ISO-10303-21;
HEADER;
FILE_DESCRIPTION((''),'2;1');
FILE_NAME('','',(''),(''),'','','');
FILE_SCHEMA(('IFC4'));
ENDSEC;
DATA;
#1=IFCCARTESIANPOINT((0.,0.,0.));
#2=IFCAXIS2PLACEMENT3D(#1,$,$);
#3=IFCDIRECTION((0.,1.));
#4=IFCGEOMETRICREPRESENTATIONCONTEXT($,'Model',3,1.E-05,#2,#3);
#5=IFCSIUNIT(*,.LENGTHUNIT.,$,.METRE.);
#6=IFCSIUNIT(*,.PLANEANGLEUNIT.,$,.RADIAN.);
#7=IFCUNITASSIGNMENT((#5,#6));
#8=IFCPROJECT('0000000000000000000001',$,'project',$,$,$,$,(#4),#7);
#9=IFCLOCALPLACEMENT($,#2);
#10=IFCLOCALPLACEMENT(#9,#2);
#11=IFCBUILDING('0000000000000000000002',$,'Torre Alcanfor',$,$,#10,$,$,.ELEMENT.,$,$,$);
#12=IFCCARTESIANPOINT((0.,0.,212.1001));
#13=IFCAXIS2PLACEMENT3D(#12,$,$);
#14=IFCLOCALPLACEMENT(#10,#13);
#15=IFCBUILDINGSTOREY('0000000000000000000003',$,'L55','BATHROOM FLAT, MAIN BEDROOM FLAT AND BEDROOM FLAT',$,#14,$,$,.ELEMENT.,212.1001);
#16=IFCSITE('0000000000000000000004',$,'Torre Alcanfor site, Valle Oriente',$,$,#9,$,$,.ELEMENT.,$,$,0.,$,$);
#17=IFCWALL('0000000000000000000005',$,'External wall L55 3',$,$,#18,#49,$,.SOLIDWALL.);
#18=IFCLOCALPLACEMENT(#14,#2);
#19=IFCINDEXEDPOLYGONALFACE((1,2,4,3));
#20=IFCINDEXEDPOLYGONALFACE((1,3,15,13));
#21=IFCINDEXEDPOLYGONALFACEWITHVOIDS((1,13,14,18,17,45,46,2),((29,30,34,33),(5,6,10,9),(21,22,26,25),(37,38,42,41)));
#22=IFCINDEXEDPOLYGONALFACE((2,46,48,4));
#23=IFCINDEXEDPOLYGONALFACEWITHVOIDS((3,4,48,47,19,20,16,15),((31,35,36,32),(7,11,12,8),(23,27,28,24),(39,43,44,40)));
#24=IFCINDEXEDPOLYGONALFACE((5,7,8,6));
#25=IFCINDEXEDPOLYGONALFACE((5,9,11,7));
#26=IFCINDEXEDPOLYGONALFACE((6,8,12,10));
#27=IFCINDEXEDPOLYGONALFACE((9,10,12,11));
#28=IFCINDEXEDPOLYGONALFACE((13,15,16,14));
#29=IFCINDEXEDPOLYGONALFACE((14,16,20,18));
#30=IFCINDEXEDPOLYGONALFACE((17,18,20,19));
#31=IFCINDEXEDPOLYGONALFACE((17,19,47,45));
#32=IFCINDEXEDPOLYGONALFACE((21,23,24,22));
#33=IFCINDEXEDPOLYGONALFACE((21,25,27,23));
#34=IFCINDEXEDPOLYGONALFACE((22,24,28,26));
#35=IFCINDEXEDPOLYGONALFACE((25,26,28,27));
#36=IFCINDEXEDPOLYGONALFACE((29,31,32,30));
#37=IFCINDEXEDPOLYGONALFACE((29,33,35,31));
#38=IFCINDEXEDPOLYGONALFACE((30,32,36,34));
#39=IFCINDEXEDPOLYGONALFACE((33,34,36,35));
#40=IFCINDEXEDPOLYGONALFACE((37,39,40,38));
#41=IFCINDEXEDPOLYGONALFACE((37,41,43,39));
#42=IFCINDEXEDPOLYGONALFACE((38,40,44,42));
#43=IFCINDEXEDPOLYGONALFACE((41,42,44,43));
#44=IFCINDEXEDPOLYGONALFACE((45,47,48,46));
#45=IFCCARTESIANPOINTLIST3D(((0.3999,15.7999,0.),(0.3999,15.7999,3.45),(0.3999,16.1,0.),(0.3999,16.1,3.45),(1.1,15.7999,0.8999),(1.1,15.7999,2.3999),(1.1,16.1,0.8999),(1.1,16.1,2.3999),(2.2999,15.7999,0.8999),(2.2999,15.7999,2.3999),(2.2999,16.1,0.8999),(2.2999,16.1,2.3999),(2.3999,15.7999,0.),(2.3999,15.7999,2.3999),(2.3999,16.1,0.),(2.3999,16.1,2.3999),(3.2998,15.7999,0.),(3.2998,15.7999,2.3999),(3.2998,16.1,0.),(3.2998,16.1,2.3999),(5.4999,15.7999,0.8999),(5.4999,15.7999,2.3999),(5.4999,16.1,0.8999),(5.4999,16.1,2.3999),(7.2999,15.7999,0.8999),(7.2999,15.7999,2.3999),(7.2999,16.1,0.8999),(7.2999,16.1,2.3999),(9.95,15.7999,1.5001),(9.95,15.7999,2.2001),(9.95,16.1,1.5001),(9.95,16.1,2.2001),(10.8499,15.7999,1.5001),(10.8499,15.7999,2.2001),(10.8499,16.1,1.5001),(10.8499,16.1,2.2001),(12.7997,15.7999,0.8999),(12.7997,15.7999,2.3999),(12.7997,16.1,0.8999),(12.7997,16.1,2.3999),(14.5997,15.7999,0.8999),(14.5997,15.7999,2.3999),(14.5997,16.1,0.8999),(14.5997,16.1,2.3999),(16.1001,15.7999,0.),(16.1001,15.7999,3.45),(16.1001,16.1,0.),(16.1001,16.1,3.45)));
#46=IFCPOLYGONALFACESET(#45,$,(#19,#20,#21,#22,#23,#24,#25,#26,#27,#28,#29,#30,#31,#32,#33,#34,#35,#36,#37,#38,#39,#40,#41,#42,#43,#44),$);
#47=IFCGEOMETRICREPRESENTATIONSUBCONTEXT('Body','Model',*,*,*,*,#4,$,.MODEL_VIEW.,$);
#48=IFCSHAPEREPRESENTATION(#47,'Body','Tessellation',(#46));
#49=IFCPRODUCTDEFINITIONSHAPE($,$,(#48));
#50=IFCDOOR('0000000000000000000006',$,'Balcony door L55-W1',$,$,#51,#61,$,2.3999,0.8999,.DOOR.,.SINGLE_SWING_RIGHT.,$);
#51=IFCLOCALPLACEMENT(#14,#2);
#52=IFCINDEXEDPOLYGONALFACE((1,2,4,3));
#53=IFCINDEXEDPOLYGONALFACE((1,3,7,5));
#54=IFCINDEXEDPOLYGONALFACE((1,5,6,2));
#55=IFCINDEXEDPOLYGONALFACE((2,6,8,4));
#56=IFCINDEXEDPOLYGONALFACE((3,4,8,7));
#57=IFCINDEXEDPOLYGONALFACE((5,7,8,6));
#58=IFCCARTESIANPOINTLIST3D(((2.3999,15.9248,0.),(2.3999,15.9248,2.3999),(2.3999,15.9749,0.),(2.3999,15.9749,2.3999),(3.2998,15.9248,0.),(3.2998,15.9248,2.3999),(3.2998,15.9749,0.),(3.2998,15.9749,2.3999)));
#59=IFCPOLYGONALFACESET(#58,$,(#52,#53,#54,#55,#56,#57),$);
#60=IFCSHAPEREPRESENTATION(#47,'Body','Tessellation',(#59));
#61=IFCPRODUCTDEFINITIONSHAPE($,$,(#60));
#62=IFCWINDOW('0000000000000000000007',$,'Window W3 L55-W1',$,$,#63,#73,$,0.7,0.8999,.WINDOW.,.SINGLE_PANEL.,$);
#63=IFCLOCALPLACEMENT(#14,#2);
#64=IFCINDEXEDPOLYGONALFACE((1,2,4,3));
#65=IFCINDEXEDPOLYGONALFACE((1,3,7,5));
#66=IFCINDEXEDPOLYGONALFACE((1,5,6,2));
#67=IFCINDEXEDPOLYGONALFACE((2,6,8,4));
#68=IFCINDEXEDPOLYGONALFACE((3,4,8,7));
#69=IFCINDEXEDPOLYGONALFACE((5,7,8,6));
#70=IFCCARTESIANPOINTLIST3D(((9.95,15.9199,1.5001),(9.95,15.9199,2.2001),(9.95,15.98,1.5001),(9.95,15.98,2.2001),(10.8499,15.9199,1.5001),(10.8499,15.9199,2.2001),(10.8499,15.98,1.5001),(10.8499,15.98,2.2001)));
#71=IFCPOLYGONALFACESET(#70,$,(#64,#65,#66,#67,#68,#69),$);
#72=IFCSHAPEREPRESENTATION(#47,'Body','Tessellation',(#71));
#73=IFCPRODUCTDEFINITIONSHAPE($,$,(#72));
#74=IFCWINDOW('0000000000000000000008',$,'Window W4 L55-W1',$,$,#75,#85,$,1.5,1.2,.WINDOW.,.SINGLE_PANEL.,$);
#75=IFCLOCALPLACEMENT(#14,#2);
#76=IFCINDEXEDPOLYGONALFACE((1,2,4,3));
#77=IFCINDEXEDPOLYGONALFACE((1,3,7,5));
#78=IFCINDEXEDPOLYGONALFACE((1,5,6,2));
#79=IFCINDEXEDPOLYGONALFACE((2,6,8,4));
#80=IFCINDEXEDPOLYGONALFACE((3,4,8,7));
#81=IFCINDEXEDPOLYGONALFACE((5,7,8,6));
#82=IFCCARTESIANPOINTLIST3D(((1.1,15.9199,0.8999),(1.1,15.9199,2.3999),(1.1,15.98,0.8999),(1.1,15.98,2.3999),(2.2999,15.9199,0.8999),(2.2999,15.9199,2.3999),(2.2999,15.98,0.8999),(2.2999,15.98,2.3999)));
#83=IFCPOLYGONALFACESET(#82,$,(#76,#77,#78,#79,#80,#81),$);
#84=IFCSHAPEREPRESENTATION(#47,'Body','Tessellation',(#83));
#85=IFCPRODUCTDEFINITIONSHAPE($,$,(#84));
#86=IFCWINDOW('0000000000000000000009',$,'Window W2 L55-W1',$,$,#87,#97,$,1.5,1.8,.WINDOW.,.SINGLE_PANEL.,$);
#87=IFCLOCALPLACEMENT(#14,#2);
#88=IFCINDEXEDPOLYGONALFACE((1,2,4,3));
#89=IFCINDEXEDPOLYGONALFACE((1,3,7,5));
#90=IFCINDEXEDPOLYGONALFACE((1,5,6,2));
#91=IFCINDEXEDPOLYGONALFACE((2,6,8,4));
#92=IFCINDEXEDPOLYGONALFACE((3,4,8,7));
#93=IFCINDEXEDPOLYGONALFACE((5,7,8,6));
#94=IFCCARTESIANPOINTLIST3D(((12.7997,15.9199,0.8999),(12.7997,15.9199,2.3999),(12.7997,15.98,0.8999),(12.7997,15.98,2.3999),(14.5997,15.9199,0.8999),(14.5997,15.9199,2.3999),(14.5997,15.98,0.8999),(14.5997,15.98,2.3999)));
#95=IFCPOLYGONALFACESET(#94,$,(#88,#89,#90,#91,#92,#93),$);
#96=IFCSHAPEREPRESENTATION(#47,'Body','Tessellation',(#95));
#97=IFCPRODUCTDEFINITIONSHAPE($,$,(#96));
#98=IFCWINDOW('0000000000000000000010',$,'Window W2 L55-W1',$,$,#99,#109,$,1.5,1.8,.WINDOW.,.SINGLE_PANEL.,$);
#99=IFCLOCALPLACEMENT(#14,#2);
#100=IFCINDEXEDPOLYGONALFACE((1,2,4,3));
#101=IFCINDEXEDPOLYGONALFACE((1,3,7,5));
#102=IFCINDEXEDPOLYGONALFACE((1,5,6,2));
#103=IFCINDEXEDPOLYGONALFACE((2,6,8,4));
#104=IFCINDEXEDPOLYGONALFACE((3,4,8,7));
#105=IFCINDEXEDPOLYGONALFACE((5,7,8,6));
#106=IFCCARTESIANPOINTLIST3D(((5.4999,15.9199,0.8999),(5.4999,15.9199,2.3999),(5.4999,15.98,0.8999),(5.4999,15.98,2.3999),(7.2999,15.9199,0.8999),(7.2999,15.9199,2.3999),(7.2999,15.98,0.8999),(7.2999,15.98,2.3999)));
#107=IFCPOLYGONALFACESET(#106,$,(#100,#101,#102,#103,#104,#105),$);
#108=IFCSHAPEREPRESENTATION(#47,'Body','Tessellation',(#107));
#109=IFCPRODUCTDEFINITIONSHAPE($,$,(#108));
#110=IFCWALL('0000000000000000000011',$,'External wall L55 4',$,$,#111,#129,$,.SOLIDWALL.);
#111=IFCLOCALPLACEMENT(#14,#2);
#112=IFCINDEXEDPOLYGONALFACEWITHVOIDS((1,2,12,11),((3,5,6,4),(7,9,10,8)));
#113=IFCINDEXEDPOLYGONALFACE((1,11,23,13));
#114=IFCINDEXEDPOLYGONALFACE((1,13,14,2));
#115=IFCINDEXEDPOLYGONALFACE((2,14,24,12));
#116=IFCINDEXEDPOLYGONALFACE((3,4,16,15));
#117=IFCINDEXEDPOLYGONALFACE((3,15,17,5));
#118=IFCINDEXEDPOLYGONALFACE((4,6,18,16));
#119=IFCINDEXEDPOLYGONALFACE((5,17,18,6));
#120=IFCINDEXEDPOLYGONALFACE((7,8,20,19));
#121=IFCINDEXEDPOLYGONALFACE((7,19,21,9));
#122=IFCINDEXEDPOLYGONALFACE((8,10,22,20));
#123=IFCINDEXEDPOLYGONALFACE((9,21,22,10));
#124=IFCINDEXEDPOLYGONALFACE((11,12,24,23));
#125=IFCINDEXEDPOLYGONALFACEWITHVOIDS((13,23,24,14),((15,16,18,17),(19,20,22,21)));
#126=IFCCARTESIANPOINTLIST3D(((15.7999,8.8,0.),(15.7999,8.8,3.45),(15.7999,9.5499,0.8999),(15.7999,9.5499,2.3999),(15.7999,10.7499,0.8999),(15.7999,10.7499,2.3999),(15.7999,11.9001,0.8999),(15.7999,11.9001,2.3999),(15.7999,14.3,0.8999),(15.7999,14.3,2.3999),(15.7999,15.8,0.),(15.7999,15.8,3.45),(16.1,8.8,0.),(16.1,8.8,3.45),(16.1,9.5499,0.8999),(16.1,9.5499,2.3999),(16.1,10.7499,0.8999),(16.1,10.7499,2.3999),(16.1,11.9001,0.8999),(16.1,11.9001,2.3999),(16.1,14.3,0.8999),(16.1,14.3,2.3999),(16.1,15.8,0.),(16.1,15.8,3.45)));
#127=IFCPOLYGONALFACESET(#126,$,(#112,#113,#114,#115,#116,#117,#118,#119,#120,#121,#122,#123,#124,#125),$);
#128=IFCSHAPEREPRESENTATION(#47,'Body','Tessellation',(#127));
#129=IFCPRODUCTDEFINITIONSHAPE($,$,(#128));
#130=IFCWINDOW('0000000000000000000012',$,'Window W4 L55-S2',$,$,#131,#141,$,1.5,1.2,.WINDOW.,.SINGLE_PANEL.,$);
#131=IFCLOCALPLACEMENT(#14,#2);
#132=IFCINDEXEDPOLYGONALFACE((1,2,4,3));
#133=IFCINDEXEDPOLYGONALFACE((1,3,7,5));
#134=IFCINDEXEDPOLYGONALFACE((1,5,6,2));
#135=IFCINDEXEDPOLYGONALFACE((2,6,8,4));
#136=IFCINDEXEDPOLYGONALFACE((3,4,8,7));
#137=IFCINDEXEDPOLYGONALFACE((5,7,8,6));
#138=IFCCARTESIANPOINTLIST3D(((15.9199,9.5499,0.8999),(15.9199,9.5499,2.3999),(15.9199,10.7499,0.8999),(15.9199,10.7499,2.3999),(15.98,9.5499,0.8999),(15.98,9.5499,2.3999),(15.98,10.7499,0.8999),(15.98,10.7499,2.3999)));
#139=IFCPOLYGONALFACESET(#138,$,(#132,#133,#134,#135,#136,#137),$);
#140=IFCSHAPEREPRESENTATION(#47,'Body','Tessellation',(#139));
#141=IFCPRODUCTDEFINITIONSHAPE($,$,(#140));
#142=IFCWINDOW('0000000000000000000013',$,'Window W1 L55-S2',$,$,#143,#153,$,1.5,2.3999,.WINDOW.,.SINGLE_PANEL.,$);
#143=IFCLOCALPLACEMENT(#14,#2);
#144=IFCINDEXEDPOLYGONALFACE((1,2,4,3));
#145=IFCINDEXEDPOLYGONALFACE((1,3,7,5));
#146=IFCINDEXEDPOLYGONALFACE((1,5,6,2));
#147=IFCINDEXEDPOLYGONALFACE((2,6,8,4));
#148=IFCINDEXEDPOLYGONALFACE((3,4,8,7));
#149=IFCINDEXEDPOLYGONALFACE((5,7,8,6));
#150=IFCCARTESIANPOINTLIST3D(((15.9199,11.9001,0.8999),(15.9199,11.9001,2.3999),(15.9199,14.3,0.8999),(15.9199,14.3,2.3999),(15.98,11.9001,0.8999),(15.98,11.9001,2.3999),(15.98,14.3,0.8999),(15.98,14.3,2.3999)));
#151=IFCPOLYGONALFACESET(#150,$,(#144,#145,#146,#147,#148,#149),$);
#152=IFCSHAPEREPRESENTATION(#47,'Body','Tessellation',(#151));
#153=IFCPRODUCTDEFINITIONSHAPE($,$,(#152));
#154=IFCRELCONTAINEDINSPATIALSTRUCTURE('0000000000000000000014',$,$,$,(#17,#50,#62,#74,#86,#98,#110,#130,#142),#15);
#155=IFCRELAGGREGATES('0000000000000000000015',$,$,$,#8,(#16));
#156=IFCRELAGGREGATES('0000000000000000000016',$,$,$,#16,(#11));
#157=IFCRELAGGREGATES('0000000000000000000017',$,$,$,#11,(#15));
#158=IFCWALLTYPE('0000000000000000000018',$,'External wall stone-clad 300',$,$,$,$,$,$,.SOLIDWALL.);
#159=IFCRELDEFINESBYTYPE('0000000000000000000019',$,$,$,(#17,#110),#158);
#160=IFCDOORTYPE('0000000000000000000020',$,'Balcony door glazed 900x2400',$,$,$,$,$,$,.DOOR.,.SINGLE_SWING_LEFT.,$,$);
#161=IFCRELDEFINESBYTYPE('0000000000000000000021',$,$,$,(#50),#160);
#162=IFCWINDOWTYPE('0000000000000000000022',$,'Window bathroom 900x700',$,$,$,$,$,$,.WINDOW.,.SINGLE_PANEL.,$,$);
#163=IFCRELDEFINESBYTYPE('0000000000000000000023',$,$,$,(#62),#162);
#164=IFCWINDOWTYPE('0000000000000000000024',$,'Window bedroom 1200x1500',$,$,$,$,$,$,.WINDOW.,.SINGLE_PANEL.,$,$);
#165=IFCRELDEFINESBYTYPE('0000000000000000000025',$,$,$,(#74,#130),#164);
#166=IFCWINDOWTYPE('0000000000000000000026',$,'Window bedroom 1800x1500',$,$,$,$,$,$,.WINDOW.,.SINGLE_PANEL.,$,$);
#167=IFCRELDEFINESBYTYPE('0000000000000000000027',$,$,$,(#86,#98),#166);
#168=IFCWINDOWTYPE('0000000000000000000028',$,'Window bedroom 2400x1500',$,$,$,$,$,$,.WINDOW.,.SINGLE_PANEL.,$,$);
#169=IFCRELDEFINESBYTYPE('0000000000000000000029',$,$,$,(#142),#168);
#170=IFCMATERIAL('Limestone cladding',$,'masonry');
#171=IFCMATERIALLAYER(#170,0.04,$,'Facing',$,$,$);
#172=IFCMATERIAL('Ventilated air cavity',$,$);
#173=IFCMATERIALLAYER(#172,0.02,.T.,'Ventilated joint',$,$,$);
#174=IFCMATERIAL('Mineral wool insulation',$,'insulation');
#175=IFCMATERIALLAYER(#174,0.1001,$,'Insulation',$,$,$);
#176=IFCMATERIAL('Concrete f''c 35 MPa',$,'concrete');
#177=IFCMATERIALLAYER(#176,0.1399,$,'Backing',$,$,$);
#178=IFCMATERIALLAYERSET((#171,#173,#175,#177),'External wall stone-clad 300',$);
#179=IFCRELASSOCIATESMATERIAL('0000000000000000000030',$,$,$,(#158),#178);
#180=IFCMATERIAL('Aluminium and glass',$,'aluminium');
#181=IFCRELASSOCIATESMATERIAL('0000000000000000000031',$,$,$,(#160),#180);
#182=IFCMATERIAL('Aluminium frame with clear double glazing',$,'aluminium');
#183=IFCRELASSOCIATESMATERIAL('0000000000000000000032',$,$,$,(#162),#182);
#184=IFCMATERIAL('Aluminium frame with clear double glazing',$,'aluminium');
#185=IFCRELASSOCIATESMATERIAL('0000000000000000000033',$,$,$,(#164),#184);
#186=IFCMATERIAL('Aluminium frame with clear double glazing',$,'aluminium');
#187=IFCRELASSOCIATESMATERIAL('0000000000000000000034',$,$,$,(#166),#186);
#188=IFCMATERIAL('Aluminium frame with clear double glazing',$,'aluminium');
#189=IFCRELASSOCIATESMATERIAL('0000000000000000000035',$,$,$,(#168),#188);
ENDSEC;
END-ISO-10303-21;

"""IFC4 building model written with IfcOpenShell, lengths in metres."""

from ifc_helpers import new_model, si_unit, direction, frame, frame_2d, origin, place, context, subcontext, project, spatial, rectangle, extrude, material, layer, layer_set, type_object, element, fill, save


model = new_model("IFC4")

# Units and contexts
model_context = context("Model", 3, precision=1e-05, world=origin(), true_north=direction((0.0, 1.0)))
body_context = subcontext(model_context, "Body", "Model", "MODEL_VIEW")
ifc_project = project(units=[si_unit("LENGTHUNIT", "METRE"), si_unit("PLANEANGLEUNIT", "RADIAN")], contexts=[model_context])

# Site, building, storey
site_placement = place(None, origin())
site = spatial("IfcSite", under=ifc_project, at=site_placement, Name="Torre Alcanfor site, Valle Oriente", CompositionType="ELEMENT", RefElevation=0.0)
building_placement = place(site_placement, origin())
building = spatial("IfcBuilding", under=site, at=building_placement, Name="Torre Alcanfor", CompositionType="ELEMENT")
storey_placement = place(building_placement, frame((0.0, 0.0, 212.1001)))
storey = spatial("IfcBuildingStorey", under=building, at=storey_placement, Name="L55", Description="BATHROOM FLAT, MAIN BEDROOM FLAT AND BEDROOM FLAT", CompositionType="ELEMENT", Elevation=212.1001)

# Wall, openings, door, windows
ifc_material_1 = material(Name="Limestone cladding", Category="masonry")
ifc_layer_1 = layer(ifc_material_1, 0.04, Name="Facing")
ifc_material_2 = material(Name="Ventilated air cavity")
ifc_layer_2 = layer(ifc_material_2, 0.02, ventilated=True, Name="Ventilated joint")
ifc_material_3 = material(Name="Mineral wool insulation", Category="insulation")
ifc_layer_3 = layer(ifc_material_3, 0.1001, Name="Insulation")
ifc_material_4 = material(Name="Concrete f'c 35 MPa", Category="concrete")
ifc_layer_4 = layer(ifc_material_4, 0.1399, Name="Backing")
ifc_layer_set_1 = layer_set([ifc_layer_1, ifc_layer_2, ifc_layer_3, ifc_layer_4], Name="External wall stone-clad 300")
wall_type_1 = type_object("IfcWallType", Name="External wall stone-clad 300", PredefinedType="SOLIDWALL", material=ifc_layer_set_1)
wall_1_placement = place(storey_placement, frame((0.3999, 15.95, 0.0), z_axis=(0.0, 0.0, 1.0), x_axis=(1.0, 0.0, 0.0)))
wall_1 = element("IfcWall", 1, at=wall_1_placement, inside=storey, type_object=wall_type_1, Name="External wall L55 3", PredefinedType="SOLIDWALL", context=body_context, shape_type="SweptSolid", body=[
    extrude(rectangle(XDim=15.7002, YDim=0.3, at=frame_2d((7.8501, 0.0))), origin(), (0.0, 0.0, 1.0), 3.45),
])
opening_1_placement = place(wall_1_placement, frame((12.3999, 0.0, 0.8999)))
opening_1 = element("IfcOpeningElement", 2, at=opening_1_placement, cuts=wall_1, PredefinedType="OPENING", context=body_context, shape_type="SweptSolid", body=[
    extrude(rectangle(XDim=1.8, YDim=1.5, at=frame_2d((0.8999, 0.75))), frame((0.0, 0.1599, 0.0), z_axis=(0.0, -1.0, 0.0), x_axis=(1.0, 0.0, 0.0)), (0.0, 0.0, 1.0), 0.3201),
])
opening_2_placement = place(wall_1_placement, frame((9.55, 0.0, 1.5)))
opening_2 = element("IfcOpeningElement", 3, at=opening_2_placement, cuts=wall_1, PredefinedType="OPENING", context=body_context, shape_type="SweptSolid", body=[
    extrude(rectangle(XDim=0.8999, YDim=0.7, at=frame_2d((0.45, 0.3501))), frame((0.0, 0.1599, 0.0), z_axis=(0.0, -1.0, 0.0), x_axis=(1.0, 0.0, 0.0)), (0.0, 0.0, 1.0), 0.3201),
])
opening_3_placement = place(wall_1_placement, frame((5.1001, 0.0, 0.8999)))
opening_3 = element("IfcOpeningElement", 4, at=opening_3_placement, cuts=wall_1, PredefinedType="OPENING", context=body_context, shape_type="SweptSolid", body=[
    extrude(rectangle(XDim=1.8, YDim=1.5, at=frame_2d((0.8999, 0.75))), frame((0.0, 0.1599, 0.0), z_axis=(0.0, -1.0, 0.0), x_axis=(1.0, 0.0, 0.0)), (0.0, 0.0, 1.0), 0.3201),
])
opening_4_placement = place(wall_1_placement, frame((2.0, 0.0, 0.0)))
opening_4 = element("IfcOpeningElement", 5, at=opening_4_placement, cuts=wall_1, PredefinedType="OPENING", context=body_context, shape_type="SweptSolid", body=[
    extrude(rectangle(XDim=0.8999, YDim=2.3999, at=frame_2d((0.45, 1.2))), frame((0.0, 0.1599, 0.0), z_axis=(0.0, -1.0, 0.0), x_axis=(1.0, 0.0, 0.0)), (0.0, 0.0, 1.0), 0.3201),
])
opening_5_placement = place(wall_1_placement, frame((0.7, 0.0, 0.8999)))
opening_5 = element("IfcOpeningElement", 6, at=opening_5_placement, cuts=wall_1, PredefinedType="OPENING", context=body_context, shape_type="SweptSolid", body=[
    extrude(rectangle(XDim=1.2, YDim=1.5, at=frame_2d((0.6001, 0.75))), frame((0.0, 0.1599, 0.0), z_axis=(0.0, -1.0, 0.0), x_axis=(1.0, 0.0, 0.0)), (0.0, 0.0, 1.0), 0.3201),
])
ifc_material_5 = material(Name="Aluminium and glass", Category="aluminium")
door_type = type_object("IfcDoorType", Name="Balcony door glazed 900x2400", OperationType="SINGLE_SWING_LEFT", PredefinedType="DOOR", material=ifc_material_5)
door_placement = place(opening_4_placement, origin())
door = element("IfcDoor", 7, at=door_placement, inside=storey, type_object=door_type, Name="Balcony door L55-W1", OperationType="SINGLE_SWING_RIGHT", OverallHeight=2.3999, OverallWidth=0.8999, PredefinedType="DOOR", context=body_context, shape_type="SweptSolid", body=[
    extrude(rectangle(XDim=0.8999, YDim=2.3999, at=frame_2d((0.45, 1.2))), frame((0.0, 0.0249, 0.0), z_axis=(0.0, -1.0, 0.0), x_axis=(1.0, 0.0, 0.0)), (0.0, 0.0, 1.0), 0.05),
])
fill(opening_4, door)
ifc_material_6 = material(Name="Aluminium frame with clear double glazing", Category="aluminium")
window_type_1 = type_object("IfcWindowType", Name="Window bathroom 900x700", PartitioningType="SINGLE_PANEL", PredefinedType="WINDOW", material=ifc_material_6)
window_1_placement = place(opening_2_placement, origin())
window_1 = element("IfcWindow", 8, at=window_1_placement, inside=storey, type_object=window_type_1, Name="Window W3 L55-W1", OverallHeight=0.7, OverallWidth=0.8999, PartitioningType="SINGLE_PANEL", PredefinedType="WINDOW", context=body_context, shape_type="SweptSolid", body=[
    extrude(rectangle(XDim=0.8999, YDim=0.7, at=frame_2d((0.45, 0.3501))), frame((0.0, 0.03, 0.0), z_axis=(0.0, -1.0, 0.0), x_axis=(1.0, 0.0, 0.0)), (0.0, 0.0, 1.0), 0.0601),
])
fill(opening_2, window_1)
ifc_material_7 = material(Name="Aluminium frame with clear double glazing", Category="aluminium")
window_type_2 = type_object("IfcWindowType", Name="Window bedroom 1200x1500", PartitioningType="SINGLE_PANEL", PredefinedType="WINDOW", material=ifc_material_7)
window_2_placement = place(opening_5_placement, origin())
window_2 = element("IfcWindow", 9, at=window_2_placement, inside=storey, type_object=window_type_2, Name="Window W4 L55-W1", OverallHeight=1.5, OverallWidth=1.2, PartitioningType="SINGLE_PANEL", PredefinedType="WINDOW", context=body_context, shape_type="SweptSolid", body=[
    extrude(rectangle(XDim=1.2, YDim=1.5, at=frame_2d((0.6001, 0.75))), frame((0.0, 0.03, 0.0), z_axis=(0.0, -1.0, 0.0), x_axis=(1.0, 0.0, 0.0)), (0.0, 0.0, 1.0), 0.0601),
])
fill(opening_5, window_2)
ifc_material_8 = material(Name="Aluminium frame with clear double glazing", Category="aluminium")
window_type_3 = type_object("IfcWindowType", Name="Window bedroom 1800x1500", PartitioningType="SINGLE_PANEL", PredefinedType="WINDOW", material=ifc_material_8)
window_3_placement = place(opening_1_placement, origin())
window_3 = element("IfcWindow", 10, at=window_3_placement, inside=storey, type_object=window_type_3, Name="Window W2 L55-W1", OverallHeight=1.5, OverallWidth=1.8, PartitioningType="SINGLE_PANEL", PredefinedType="WINDOW", context=body_context, shape_type="SweptSolid", body=[
    extrude(rectangle(XDim=1.8, YDim=1.5, at=frame_2d((0.8999, 0.75))), frame((0.0, 0.03, 0.0), z_axis=(0.0, -1.0, 0.0), x_axis=(1.0, 0.0, 0.0)), (0.0, 0.0, 1.0), 0.0601),
])
fill(opening_1, window_3)
window_4_placement = place(opening_3_placement, origin())
window_4 = element("IfcWindow", 11, at=window_4_placement, inside=storey, type_object=window_type_3, Name="Window W2 L55-W1", OverallHeight=1.5, OverallWidth=1.8, PartitioningType="SINGLE_PANEL", PredefinedType="WINDOW", context=body_context, shape_type="SweptSolid", body=[
    extrude(rectangle(XDim=1.8, YDim=1.5, at=frame_2d((0.8999, 0.75))), frame((0.0, 0.03, 0.0), z_axis=(0.0, -1.0, 0.0), x_axis=(1.0, 0.0, 0.0)), (0.0, 0.0, 1.0), 0.0601),
])
fill(opening_3, window_4)

# Wall, openings, windows
wall_2_placement = place(storey_placement, frame((15.95, 15.8, 0.0), z_axis=(0.0, 0.0, 1.0), x_axis=(0.0, -1.0, 0.0)))
wall_2 = element("IfcWall", 12, at=wall_2_placement, inside=storey, type_object=wall_type_1, Name="External wall L55 4", PredefinedType="SOLIDWALL", context=body_context, shape_type="SweptSolid", body=[
    extrude(rectangle(XDim=7.0, YDim=0.3, at=frame_2d((3.5, 0.0))), origin(), (0.0, 0.0, 1.0), 3.45),
])
opening_6_placement = place(wall_2_placement, frame((1.5, 0.0, 0.8999)))
opening_6 = element("IfcOpeningElement", 13, at=opening_6_placement, cuts=wall_2, PredefinedType="OPENING", context=body_context, shape_type="SweptSolid", body=[
    extrude(rectangle(XDim=2.3999, YDim=1.5, at=frame_2d((1.2, 0.75))), frame((0.0, 0.1599, 0.0), z_axis=(0.0, -1.0, 0.0), x_axis=(1.0, 0.0, 0.0)), (0.0, 0.0, 1.0), 0.3201),
])
opening_7_placement = place(wall_2_placement, frame((5.05, 0.0, 0.8999)))
opening_7 = element("IfcOpeningElement", 14, at=opening_7_placement, cuts=wall_2, PredefinedType="OPENING", context=body_context, shape_type="SweptSolid", body=[
    extrude(rectangle(XDim=1.2, YDim=1.5, at=frame_2d((0.6001, 0.75))), frame((0.0, 0.1599, 0.0), z_axis=(0.0, -1.0, 0.0), x_axis=(1.0, 0.0, 0.0)), (0.0, 0.0, 1.0), 0.3201),
])
window_5_placement = place(opening_7_placement, origin())
window_5 = element("IfcWindow", 15, at=window_5_placement, inside=storey, type_object=window_type_2, Name="Window W4 L55-S2", OverallHeight=1.5, OverallWidth=1.2, PartitioningType="SINGLE_PANEL", PredefinedType="WINDOW", context=body_context, shape_type="SweptSolid", body=[
    extrude(rectangle(XDim=1.2, YDim=1.5, at=frame_2d((0.6001, 0.75))), frame((0.0, 0.03, 0.0), z_axis=(0.0, -1.0, 0.0), x_axis=(1.0, 0.0, 0.0)), (0.0, 0.0, 1.0), 0.0601),
])
fill(opening_7, window_5)
ifc_material_9 = material(Name="Aluminium frame with clear double glazing", Category="aluminium")
window_type_4 = type_object("IfcWindowType", Name="Window bedroom 2400x1500", PartitioningType="SINGLE_PANEL", PredefinedType="WINDOW", material=ifc_material_9)
window_6_placement = place(opening_6_placement, origin())
window_6 = element("IfcWindow", 16, at=window_6_placement, inside=storey, type_object=window_type_4, Name="Window W1 L55-S2", OverallHeight=1.5, OverallWidth=2.3999, PartitioningType="SINGLE_PANEL", PredefinedType="WINDOW", context=body_context, shape_type="SweptSolid", body=[
    extrude(rectangle(XDim=2.3999, YDim=1.5, at=frame_2d((1.2, 0.75))), frame((0.0, 0.03, 0.0), z_axis=(0.0, -1.0, 0.0), x_axis=(1.0, 0.0, 0.0)), (0.0, 0.0, 1.0), 0.0601),
])
fill(opening_6, window_6)

save(model, "model.ifc")
